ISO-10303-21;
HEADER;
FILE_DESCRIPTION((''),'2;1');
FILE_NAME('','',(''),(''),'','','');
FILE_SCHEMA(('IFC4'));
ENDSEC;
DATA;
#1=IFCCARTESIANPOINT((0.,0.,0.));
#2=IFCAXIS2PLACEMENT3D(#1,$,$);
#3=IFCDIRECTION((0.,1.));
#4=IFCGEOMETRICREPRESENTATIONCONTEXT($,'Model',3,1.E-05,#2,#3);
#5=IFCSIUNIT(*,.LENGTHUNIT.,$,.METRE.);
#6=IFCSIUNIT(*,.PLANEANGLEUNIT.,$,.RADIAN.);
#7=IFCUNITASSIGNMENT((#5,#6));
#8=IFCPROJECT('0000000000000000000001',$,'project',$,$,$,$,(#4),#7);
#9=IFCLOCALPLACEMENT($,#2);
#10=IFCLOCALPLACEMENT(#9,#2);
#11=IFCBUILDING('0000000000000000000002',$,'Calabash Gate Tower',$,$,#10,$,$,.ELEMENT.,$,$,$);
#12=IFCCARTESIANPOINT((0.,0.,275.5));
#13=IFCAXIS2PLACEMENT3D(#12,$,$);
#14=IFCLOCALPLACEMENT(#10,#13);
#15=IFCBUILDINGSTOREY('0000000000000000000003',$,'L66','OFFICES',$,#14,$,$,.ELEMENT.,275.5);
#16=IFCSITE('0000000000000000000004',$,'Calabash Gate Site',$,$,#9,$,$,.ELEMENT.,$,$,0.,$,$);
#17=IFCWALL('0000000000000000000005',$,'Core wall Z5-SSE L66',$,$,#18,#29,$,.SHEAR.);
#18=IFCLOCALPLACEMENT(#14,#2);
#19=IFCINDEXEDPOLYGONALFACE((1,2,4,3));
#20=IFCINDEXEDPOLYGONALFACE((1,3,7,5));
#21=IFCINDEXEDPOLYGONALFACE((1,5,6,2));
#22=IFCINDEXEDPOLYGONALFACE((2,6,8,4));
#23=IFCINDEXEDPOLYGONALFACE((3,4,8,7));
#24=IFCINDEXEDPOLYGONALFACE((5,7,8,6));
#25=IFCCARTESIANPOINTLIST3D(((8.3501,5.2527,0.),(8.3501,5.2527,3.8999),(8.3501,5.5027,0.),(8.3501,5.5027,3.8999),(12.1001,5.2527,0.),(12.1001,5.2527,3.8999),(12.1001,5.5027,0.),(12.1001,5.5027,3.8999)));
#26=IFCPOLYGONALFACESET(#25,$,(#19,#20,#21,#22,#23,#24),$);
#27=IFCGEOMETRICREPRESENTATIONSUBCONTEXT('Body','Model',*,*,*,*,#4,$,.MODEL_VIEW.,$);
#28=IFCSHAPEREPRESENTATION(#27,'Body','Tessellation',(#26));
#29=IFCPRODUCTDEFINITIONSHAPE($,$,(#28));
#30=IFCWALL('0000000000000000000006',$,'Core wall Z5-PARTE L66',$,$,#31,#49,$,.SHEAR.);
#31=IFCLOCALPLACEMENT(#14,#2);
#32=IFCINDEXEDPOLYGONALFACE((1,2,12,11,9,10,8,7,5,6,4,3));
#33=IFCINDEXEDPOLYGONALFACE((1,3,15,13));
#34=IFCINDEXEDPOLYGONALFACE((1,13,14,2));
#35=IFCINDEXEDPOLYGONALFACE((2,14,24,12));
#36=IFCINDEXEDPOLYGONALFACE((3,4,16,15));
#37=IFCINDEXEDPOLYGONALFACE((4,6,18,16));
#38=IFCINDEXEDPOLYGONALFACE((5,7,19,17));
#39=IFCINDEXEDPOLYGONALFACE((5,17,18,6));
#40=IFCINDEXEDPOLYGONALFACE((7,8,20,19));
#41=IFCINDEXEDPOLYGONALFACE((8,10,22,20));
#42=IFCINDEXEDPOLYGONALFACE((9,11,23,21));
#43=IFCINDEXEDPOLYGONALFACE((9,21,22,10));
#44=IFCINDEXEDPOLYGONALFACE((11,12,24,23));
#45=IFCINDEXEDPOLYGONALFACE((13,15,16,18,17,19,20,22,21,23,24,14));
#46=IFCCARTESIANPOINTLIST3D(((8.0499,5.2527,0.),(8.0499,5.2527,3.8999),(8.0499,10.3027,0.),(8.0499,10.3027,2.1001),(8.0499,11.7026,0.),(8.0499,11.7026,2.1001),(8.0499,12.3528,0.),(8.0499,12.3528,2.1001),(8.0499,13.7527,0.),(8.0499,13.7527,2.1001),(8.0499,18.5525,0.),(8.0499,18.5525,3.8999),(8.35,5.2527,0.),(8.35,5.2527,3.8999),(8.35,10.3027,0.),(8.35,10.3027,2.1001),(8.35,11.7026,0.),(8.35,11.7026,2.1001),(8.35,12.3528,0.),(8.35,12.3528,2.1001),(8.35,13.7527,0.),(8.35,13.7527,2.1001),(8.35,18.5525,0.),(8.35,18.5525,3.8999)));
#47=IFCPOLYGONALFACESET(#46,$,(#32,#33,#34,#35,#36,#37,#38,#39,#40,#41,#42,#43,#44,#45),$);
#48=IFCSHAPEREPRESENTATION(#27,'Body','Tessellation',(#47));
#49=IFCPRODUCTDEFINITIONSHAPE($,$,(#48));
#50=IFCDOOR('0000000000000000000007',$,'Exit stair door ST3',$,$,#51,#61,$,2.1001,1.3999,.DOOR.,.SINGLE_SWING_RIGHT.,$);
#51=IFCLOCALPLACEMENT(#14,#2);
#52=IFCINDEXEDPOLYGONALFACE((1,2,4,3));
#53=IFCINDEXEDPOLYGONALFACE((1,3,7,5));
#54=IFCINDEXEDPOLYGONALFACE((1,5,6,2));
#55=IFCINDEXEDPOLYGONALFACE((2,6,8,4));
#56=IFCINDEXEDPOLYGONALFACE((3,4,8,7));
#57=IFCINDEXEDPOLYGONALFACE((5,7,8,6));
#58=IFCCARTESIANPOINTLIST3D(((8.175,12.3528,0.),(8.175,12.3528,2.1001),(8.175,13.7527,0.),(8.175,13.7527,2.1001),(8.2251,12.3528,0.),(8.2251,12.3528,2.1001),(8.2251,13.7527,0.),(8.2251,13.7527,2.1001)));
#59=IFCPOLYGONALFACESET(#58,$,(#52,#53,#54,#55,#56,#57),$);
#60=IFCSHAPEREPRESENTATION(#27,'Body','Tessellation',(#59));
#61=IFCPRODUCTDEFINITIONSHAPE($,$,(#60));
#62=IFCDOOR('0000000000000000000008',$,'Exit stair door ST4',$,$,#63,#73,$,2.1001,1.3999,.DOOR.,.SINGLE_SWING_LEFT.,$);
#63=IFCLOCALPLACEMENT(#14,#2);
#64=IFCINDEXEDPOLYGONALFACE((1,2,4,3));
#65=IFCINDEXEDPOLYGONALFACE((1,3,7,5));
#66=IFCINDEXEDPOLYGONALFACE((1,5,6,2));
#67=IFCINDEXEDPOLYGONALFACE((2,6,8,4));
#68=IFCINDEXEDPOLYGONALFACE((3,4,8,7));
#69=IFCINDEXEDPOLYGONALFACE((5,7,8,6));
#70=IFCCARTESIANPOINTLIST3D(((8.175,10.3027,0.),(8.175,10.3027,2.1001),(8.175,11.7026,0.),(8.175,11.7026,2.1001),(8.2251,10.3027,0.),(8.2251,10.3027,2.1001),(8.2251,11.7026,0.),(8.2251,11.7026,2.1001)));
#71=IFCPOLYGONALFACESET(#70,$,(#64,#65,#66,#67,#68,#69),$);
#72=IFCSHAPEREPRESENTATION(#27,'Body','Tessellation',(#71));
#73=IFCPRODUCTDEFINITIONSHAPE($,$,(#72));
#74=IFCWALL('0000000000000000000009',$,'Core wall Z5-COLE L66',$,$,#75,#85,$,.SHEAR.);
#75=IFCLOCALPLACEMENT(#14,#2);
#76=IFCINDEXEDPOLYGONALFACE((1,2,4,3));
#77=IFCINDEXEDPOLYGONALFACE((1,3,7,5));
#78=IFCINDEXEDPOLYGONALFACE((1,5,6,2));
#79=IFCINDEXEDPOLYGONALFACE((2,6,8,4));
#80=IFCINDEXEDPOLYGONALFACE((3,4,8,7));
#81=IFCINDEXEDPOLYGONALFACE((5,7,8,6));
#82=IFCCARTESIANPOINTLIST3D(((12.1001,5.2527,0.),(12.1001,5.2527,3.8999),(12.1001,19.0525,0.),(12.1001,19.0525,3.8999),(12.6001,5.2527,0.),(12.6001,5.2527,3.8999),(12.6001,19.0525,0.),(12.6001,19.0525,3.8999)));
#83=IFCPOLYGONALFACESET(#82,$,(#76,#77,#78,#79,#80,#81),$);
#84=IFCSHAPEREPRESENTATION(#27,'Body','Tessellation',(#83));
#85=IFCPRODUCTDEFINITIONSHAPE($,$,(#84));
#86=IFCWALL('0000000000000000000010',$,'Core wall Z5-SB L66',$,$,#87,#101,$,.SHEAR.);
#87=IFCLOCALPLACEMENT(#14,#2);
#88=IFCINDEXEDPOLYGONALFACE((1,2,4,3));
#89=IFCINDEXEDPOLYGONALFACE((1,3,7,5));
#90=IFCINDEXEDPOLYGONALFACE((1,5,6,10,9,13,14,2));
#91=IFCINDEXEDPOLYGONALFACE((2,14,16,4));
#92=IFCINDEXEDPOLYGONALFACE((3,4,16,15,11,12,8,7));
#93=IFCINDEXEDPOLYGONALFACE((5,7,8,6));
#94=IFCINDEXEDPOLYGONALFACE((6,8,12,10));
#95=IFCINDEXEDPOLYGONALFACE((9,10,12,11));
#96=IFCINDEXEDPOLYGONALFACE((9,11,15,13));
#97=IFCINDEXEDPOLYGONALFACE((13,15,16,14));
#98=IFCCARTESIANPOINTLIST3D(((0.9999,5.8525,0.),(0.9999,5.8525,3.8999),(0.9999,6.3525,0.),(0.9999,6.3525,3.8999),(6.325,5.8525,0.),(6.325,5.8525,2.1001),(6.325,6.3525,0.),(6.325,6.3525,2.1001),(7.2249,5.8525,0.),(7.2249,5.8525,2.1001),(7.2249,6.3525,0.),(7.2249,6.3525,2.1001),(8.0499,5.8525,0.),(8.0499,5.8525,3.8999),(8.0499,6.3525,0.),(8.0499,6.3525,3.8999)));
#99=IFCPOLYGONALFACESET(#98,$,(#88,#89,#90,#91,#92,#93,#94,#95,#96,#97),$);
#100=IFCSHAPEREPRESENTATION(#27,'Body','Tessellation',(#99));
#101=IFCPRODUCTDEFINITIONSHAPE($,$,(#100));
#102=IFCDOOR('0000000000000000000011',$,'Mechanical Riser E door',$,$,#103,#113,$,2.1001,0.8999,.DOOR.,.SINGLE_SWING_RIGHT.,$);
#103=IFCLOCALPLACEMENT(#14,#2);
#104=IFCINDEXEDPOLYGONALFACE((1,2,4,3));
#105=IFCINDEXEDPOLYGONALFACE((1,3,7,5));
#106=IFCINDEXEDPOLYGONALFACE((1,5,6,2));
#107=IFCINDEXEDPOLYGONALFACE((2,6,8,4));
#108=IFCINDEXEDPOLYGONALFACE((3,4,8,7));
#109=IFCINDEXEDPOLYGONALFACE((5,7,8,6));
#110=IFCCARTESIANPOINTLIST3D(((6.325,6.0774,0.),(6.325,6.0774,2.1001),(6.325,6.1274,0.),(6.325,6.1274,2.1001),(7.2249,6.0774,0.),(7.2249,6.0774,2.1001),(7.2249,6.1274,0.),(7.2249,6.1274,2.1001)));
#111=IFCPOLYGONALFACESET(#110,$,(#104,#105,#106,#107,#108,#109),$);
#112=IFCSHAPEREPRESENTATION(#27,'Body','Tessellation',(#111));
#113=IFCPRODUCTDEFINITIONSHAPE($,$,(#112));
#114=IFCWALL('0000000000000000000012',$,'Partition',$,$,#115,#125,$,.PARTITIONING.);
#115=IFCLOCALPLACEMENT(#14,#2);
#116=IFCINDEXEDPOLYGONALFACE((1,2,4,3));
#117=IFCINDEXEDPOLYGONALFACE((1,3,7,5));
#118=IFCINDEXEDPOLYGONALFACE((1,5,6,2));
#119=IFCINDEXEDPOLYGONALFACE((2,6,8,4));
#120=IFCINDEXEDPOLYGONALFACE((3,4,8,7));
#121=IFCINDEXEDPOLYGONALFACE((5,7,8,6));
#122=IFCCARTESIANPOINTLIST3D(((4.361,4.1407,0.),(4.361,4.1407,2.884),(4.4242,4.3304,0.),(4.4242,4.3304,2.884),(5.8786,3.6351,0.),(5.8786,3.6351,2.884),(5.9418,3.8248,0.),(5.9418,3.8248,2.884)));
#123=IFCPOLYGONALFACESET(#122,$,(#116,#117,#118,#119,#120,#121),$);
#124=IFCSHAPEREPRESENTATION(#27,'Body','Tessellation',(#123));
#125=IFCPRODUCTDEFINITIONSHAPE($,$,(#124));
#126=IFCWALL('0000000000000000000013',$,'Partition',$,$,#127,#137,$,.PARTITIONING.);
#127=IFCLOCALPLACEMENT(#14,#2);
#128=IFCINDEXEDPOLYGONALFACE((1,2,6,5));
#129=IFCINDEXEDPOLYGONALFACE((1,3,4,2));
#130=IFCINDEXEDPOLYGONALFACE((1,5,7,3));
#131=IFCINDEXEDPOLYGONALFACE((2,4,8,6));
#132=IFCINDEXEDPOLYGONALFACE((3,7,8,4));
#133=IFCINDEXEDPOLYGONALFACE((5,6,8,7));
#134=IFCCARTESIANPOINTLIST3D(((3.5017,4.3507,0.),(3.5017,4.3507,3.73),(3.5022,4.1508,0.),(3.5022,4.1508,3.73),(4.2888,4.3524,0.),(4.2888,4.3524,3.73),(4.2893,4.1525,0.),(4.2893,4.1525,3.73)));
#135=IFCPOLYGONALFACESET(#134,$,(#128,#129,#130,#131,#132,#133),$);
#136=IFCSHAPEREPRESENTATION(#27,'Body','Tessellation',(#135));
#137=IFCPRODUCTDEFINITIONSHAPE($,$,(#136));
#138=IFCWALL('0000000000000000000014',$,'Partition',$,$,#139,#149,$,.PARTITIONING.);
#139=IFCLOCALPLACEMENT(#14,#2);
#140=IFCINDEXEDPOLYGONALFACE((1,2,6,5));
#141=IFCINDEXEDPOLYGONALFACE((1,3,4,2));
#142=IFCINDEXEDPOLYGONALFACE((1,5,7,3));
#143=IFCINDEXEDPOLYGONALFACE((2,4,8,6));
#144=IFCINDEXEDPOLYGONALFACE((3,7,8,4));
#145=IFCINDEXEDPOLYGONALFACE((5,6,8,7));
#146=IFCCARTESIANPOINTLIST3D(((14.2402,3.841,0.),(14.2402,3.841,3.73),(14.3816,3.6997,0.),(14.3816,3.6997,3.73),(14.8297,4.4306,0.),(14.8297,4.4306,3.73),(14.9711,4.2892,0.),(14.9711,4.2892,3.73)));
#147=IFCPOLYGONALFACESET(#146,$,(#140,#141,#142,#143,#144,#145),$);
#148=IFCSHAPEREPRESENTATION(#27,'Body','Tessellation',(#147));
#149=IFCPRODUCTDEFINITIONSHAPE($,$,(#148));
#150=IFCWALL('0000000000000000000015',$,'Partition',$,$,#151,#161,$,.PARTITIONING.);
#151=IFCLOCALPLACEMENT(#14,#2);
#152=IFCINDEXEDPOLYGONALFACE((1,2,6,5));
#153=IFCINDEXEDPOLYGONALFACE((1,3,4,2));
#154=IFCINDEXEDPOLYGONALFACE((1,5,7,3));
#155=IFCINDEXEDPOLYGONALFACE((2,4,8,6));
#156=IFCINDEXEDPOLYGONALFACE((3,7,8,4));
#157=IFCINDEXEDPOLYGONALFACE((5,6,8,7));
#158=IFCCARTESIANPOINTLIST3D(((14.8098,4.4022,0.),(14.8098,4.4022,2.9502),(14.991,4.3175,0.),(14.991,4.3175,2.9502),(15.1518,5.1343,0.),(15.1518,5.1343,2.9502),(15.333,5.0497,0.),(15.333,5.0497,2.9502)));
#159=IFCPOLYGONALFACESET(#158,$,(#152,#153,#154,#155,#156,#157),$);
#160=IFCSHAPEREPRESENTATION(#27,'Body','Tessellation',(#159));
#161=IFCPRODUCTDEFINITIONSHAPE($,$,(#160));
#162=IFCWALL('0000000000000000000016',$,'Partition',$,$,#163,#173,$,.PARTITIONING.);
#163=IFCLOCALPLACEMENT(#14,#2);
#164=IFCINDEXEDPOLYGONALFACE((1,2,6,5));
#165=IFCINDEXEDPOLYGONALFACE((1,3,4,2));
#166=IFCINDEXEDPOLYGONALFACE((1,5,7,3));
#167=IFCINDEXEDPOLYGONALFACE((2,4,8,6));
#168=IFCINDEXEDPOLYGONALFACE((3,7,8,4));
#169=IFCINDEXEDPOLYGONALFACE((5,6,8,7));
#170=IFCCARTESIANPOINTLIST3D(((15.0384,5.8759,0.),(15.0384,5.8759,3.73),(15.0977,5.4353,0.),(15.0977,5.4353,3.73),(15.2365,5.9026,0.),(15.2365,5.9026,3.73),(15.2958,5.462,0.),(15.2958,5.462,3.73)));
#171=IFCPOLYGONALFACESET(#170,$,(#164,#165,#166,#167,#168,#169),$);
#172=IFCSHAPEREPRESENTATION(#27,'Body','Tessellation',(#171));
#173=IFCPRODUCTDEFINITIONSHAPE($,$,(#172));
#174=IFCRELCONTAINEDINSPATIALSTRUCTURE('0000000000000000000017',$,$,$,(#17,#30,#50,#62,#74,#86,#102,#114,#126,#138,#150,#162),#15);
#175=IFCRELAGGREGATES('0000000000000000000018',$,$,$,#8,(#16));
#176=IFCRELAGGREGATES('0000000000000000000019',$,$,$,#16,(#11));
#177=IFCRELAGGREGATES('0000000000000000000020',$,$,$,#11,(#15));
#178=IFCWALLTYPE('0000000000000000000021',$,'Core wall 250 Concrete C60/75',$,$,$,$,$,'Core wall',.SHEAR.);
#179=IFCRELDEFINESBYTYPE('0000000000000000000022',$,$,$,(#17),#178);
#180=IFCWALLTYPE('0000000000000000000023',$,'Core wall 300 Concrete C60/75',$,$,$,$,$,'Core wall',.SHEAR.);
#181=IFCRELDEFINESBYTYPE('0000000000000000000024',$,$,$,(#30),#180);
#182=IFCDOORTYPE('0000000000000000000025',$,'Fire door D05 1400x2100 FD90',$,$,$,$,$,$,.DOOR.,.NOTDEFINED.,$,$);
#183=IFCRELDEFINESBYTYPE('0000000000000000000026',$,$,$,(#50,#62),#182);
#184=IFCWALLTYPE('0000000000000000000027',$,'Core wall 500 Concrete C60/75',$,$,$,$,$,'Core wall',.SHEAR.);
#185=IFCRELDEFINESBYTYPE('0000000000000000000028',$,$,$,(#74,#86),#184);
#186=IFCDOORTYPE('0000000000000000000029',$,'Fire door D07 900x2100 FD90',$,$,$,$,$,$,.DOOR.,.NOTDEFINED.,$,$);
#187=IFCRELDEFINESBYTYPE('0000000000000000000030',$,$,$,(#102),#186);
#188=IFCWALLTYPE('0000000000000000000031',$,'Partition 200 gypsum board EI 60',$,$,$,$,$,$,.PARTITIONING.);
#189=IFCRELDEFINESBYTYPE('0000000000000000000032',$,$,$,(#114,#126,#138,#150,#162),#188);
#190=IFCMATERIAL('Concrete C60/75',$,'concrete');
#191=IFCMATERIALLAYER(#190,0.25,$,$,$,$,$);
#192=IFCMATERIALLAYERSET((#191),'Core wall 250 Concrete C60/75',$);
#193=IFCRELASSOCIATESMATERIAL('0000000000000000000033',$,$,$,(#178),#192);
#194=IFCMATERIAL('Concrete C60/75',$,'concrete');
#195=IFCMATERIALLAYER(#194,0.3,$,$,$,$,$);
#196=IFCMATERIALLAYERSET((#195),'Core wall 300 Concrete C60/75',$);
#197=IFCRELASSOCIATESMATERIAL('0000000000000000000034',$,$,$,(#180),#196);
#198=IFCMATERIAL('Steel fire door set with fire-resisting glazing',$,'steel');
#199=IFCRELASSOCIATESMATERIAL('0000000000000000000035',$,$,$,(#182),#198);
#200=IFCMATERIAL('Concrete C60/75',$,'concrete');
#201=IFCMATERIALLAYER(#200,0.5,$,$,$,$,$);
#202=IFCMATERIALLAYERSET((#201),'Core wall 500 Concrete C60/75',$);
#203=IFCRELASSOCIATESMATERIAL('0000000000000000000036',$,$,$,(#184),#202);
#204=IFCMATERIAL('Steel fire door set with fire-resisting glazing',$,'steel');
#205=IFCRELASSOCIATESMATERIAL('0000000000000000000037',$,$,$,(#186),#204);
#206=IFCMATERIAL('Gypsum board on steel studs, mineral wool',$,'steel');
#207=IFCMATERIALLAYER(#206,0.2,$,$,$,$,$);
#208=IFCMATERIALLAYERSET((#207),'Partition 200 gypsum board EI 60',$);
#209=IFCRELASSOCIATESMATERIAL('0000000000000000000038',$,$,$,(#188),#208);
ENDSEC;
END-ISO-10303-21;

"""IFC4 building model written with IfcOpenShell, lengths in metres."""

from ifc_helpers import new_model, si_unit, direction, frame, frame_2d, origin, place, context, subcontext, project, spatial, rectangle, extrude, material, layer, layer_set, type_object, element, fill, save


model = new_model("IFC4")

# Units and contexts
model_context = context("Model", 3, precision=1e-05, world=origin(), true_north=direction((0.0, 1.0)))
body_context = subcontext(model_context, "Body", "Model", "MODEL_VIEW")
ifc_project = project(units=[si_unit("LENGTHUNIT", "METRE"), si_unit("PLANEANGLEUNIT", "RADIAN")], contexts=[model_context])

# Site, building, storey
site_placement = place(None, origin())
site = spatial("IfcSite", under=ifc_project, at=site_placement, Name="Calabash Gate Site", CompositionType="ELEMENT", RefElevation=0.0)
building_placement = place(site_placement, origin())
building = spatial("IfcBuilding", under=site, at=building_placement, Name="Calabash Gate Tower", CompositionType="ELEMENT")
storey_placement = place(building_placement, frame((0.0, 0.0, 275.5)))
storey = spatial("IfcBuildingStorey", under=building, at=storey_placement, Name="L66", Description="OFFICES", CompositionType="ELEMENT", Elevation=275.5)

# Wall
ifc_material_1 = material(Name="Concrete C60/75", Category="concrete")
ifc_layer_1 = layer(ifc_material_1, 0.25)
ifc_layer_set_1 = layer_set([ifc_layer_1], Name="Core wall 250 Concrete C60/75")
wall_type_1 = type_object("IfcWallType", Name="Core wall 250 Concrete C60/75", ElementType="Core wall", PredefinedType="SHEAR", material=ifc_layer_set_1)
wall_1_placement = place(storey_placement, frame((8.3501, 5.3777, 0.0), z_axis=(0.0, 0.0, 1.0), x_axis=(1.0, 0.0, 0.0)))
element("IfcWall", 1, at=wall_1_placement, inside=storey, type_object=wall_type_1, Name="Core wall Z5-SSE L66", PredefinedType="SHEAR", context=body_context, shape_type="SweptSolid", body=[
    extrude(rectangle(XDim=3.75, YDim=0.25, at=frame_2d((1.875, 0.0))), origin(), (0.0, 0.0, 1.0), 3.8999),
])

# Wall, openings, doors
ifc_material_2 = material(Name="Concrete C60/75", Category="concrete")
ifc_layer_2 = layer(ifc_material_2, 0.3)
ifc_layer_set_2 = layer_set([ifc_layer_2], Name="Core wall 300 Concrete C60/75")
wall_type_2 = type_object("IfcWallType", Name="Core wall 300 Concrete C60/75", ElementType="Core wall", PredefinedType="SHEAR", material=ifc_layer_set_2)
wall_2_placement = place(storey_placement, frame((8.2, 5.2527, 0.0), z_axis=(0.0, 0.0, 1.0), x_axis=(0.0, 1.0, 0.0)))
wall_2 = element("IfcWall", 2, at=wall_2_placement, inside=storey, type_object=wall_type_2, Name="Core wall Z5-PARTE L66", PredefinedType="SHEAR", context=body_context, shape_type="SweptSolid", body=[
    extrude(rectangle(XDim=13.2998, YDim=0.3, at=frame_2d((6.6499, 0.0))), origin(), (0.0, 0.0, 1.0), 3.8999),
])
opening_1_placement = place(wall_2_placement, frame((7.1001, 0.0, 0.0)))
opening_1 = element("IfcOpeningElement", 3, at=opening_1_placement, cuts=wall_2, PredefinedType="OPENING", context=body_context, shape_type="SweptSolid", body=[
    extrude(rectangle(XDim=1.3999, YDim=2.1001, at=frame_2d((0.7, 1.05))), frame((0.0, 0.1599, 0.0), z_axis=(0.0, -1.0, 0.0), x_axis=(1.0, 0.0, 0.0)), (0.0, 0.0, 1.0), 0.3201),
])
opening_2_placement = place(wall_2_placement, frame((5.05, 0.0, 0.0)))
opening_2 = element("IfcOpeningElement", 4, at=opening_2_placement, cuts=wall_2, PredefinedType="OPENING", context=body_context, shape_type="SweptSolid", body=[
    extrude(rectangle(XDim=1.3999, YDim=2.1001, at=frame_2d((0.7, 1.05))), frame((0.0, 0.1599, 0.0), z_axis=(0.0, -1.0, 0.0), x_axis=(1.0, 0.0, 0.0)), (0.0, 0.0, 1.0), 0.3201),
])
ifc_material_3 = material(Name="Steel fire door set with fire-resisting glazing", Category="steel")
door_type_1 = type_object("IfcDoorType", Name="Fire door D05 1400x2100 FD90", OperationType="NOTDEFINED", PredefinedType="DOOR", material=ifc_material_3)
door_1_placement = place(opening_1_placement, origin())
door_1 = element("IfcDoor", 5, at=door_1_placement, inside=storey, type_object=door_type_1, Name="Exit stair door ST3", OperationType="SINGLE_SWING_RIGHT", OverallHeight=2.1001, OverallWidth=1.3999, PredefinedType="DOOR", context=body_context, shape_type="SweptSolid", body=[
    extrude(rectangle(XDim=1.3999, YDim=2.1001, at=frame_2d((0.7, 1.05))), frame((0.0, 0.0249, 0.0), z_axis=(0.0, -1.0, 0.0), x_axis=(1.0, 0.0, 0.0)), (0.0, 0.0, 1.0), 0.05),
])
fill(opening_1, door_1)
door_2_placement = place(opening_2_placement, origin())
door_2 = element("IfcDoor", 6, at=door_2_placement, inside=storey, type_object=door_type_1, Name="Exit stair door ST4", OperationType="SINGLE_SWING_LEFT", OverallHeight=2.1001, OverallWidth=1.3999, PredefinedType="DOOR", context=body_context, shape_type="SweptSolid", body=[
    extrude(rectangle(XDim=1.3999, YDim=2.1001, at=frame_2d((0.7, 1.05))), frame((0.0, 0.0249, 0.0), z_axis=(0.0, -1.0, 0.0), x_axis=(1.0, 0.0, 0.0)), (0.0, 0.0, 1.0), 0.05),
])
fill(opening_2, door_2)

# Wall
ifc_material_4 = material(Name="Concrete C60/75", Category="concrete")
ifc_layer_3 = layer(ifc_material_4, 0.5)
ifc_layer_set_3 = layer_set([ifc_layer_3], Name="Core wall 500 Concrete C60/75")
wall_type_3 = type_object("IfcWallType", Name="Core wall 500 Concrete C60/75", ElementType="Core wall", PredefinedType="SHEAR", material=ifc_layer_set_3)
wall_3_placement = place(storey_placement, frame((12.3501, 5.2527, 0.0), z_axis=(0.0, 0.0, 1.0), x_axis=(0.0, 1.0, 0.0)))
element("IfcWall", 7, at=wall_3_placement, inside=storey, type_object=wall_type_3, Name="Core wall Z5-COLE L66", PredefinedType="SHEAR", context=body_context, shape_type="SweptSolid", body=[
    extrude(rectangle(XDim=13.7998, YDim=0.5, at=frame_2d((6.8999, 0.0))), origin(), (0.0, 0.0, 1.0), 3.8999),
])

# Wall, opening, door
wall_4_placement = place(storey_placement, frame((1.0, 6.1025, 0.0), z_axis=(0.0, 0.0, 1.0), x_axis=(1.0, 0.0, 0.0)))
wall_4 = element("IfcWall", 8, at=wall_4_placement, inside=storey, type_object=wall_type_3, Name="Core wall Z5-SB L66", PredefinedType="SHEAR", context=body_context, shape_type="SweptSolid", body=[
    extrude(rectangle(XDim=7.05, YDim=0.5, at=frame_2d((3.5249, 0.0))), origin(), (0.0, 0.0, 1.0), 3.8999),
])
opening_3_placement = place(wall_4_placement, frame((5.325, 0.0, 0.0)))
opening_3 = element("IfcOpeningElement", 9, at=opening_3_placement, cuts=wall_4, PredefinedType="OPENING", context=body_context, shape_type="SweptSolid", body=[
    extrude(rectangle(XDim=0.8999, YDim=2.1001, at=frame_2d((0.45, 1.05))), frame((0.0, 0.26, 0.0), z_axis=(0.0, -1.0, 0.0), x_axis=(1.0, 0.0, 0.0)), (0.0, 0.0, 1.0), 0.52),
])
ifc_material_5 = material(Name="Steel fire door set with fire-resisting glazing", Category="steel")
door_type_2 = type_object("IfcDoorType", Name="Fire door D07 900x2100 FD90", OperationType="NOTDEFINED", PredefinedType="DOOR", material=ifc_material_5)
door_3_placement = place(opening_3_placement, origin())
door_3 = element("IfcDoor", 10, at=door_3_placement, inside=storey, type_object=door_type_2, Name="Mechanical Riser E door", OperationType="SINGLE_SWING_RIGHT", OverallHeight=2.1001, OverallWidth=0.8999, PredefinedType="DOOR", context=body_context, shape_type="SweptSolid", body=[
    extrude(rectangle(XDim=0.8999, YDim=2.1001, at=frame_2d((0.45, 1.05))), frame((0.0, 0.0249, 0.0), z_axis=(0.0, -1.0, 0.0), x_axis=(1.0, 0.0, 0.0)), (0.0, 0.0, 1.0), 0.05),
])
fill(opening_3, door_3)

# Walls
ifc_material_6 = material(Name="Gypsum board on steel studs, mineral wool", Category="steel")
ifc_layer_4 = layer(ifc_material_6, 0.2)
ifc_layer_set_4 = layer_set([ifc_layer_4], Name="Partition 200 gypsum board EI 60")
wall_type_4 = type_object("IfcWallType", Name="Partition 200 gypsum board EI 60", PredefinedType="PARTITIONING", material=ifc_layer_set_4)
wall_5_placement = place(storey_placement, frame((4.3926, 4.2356, 0.0), z_axis=(0.0, 0.0, 1.0), x_axis=(0.948729, -0.31609, 0.0)))
element("IfcWall", 11, at=wall_5_placement, inside=storey, type_object=wall_type_4, Name="Partition", PredefinedType="PARTITIONING", context=body_context, shape_type="SweptSolid", body=[
    extrude(rectangle(XDim=1.5996, YDim=0.2, at=frame_2d((0.7998, 0.0))), origin(), (0.0, 0.0, 1.0), 2.884),
])
wall_6_placement = place(storey_placement, frame((3.502, 4.2507, 0.0), z_axis=(0.0, 0.0, 1.0), x_axis=(0.999998, 0.002171, 0.0)))
element("IfcWall", 12, at=wall_6_placement, inside=storey, type_object=wall_type_4, Name="Partition", PredefinedType="PARTITIONING", context=body_context, shape_type="SweptSolid", body=[
    extrude(rectangle(XDim=0.7871, YDim=0.2, at=frame_2d((0.3936, 0.0))), origin(), (0.0, 0.0, 1.0), 3.73),
])
wall_7_placement = place(storey_placement, frame((14.3108, 3.7703, 0.0), z_axis=(0.0, 0.0, 1.0), x_axis=(0.707107, 0.707107, 0.0)))
element("IfcWall", 13, at=wall_7_placement, inside=storey, type_object=wall_type_4, Name="Partition", PredefinedType="PARTITIONING", context=body_context, shape_type="SweptSolid", body=[
    extrude(rectangle(XDim=0.8337, YDim=0.2, at=frame_2d((0.417, 0.0))), origin(), (0.0, 0.0, 1.0), 3.73),
])
wall_8_placement = place(storey_placement, frame((14.9004, 4.3599, 0.0), z_axis=(0.0, 0.0, 1.0), x_axis=(0.423249, 0.906013, 0.0)))
element("IfcWall", 14, at=wall_8_placement, inside=storey, type_object=wall_type_4, Name="Partition", PredefinedType="PARTITIONING", context=body_context, shape_type="SweptSolid", body=[
    extrude(rectangle(XDim=0.8081, YDim=0.2, at=frame_2d((0.4041, 0.0))), origin(), (0.0, 0.0, 1.0), 2.9502),
])
wall_9_placement = place(storey_placement, frame((15.1375, 5.8892, 0.0), z_axis=(0.0, 0.0, 1.0), x_axis=(0.133422, -0.991059, 0.0)))
element("IfcWall", 15, at=wall_9_placement, inside=storey, type_object=wall_type_4, Name="Partition", PredefinedType="PARTITIONING", context=body_context, shape_type="SweptSolid", body=[
    extrude(rectangle(XDim=0.4446, YDim=0.2, at=frame_2d((0.2222, 0.0))), origin(), (0.0, 0.0, 1.0), 3.73),
])

save(model, "model.ifc")
